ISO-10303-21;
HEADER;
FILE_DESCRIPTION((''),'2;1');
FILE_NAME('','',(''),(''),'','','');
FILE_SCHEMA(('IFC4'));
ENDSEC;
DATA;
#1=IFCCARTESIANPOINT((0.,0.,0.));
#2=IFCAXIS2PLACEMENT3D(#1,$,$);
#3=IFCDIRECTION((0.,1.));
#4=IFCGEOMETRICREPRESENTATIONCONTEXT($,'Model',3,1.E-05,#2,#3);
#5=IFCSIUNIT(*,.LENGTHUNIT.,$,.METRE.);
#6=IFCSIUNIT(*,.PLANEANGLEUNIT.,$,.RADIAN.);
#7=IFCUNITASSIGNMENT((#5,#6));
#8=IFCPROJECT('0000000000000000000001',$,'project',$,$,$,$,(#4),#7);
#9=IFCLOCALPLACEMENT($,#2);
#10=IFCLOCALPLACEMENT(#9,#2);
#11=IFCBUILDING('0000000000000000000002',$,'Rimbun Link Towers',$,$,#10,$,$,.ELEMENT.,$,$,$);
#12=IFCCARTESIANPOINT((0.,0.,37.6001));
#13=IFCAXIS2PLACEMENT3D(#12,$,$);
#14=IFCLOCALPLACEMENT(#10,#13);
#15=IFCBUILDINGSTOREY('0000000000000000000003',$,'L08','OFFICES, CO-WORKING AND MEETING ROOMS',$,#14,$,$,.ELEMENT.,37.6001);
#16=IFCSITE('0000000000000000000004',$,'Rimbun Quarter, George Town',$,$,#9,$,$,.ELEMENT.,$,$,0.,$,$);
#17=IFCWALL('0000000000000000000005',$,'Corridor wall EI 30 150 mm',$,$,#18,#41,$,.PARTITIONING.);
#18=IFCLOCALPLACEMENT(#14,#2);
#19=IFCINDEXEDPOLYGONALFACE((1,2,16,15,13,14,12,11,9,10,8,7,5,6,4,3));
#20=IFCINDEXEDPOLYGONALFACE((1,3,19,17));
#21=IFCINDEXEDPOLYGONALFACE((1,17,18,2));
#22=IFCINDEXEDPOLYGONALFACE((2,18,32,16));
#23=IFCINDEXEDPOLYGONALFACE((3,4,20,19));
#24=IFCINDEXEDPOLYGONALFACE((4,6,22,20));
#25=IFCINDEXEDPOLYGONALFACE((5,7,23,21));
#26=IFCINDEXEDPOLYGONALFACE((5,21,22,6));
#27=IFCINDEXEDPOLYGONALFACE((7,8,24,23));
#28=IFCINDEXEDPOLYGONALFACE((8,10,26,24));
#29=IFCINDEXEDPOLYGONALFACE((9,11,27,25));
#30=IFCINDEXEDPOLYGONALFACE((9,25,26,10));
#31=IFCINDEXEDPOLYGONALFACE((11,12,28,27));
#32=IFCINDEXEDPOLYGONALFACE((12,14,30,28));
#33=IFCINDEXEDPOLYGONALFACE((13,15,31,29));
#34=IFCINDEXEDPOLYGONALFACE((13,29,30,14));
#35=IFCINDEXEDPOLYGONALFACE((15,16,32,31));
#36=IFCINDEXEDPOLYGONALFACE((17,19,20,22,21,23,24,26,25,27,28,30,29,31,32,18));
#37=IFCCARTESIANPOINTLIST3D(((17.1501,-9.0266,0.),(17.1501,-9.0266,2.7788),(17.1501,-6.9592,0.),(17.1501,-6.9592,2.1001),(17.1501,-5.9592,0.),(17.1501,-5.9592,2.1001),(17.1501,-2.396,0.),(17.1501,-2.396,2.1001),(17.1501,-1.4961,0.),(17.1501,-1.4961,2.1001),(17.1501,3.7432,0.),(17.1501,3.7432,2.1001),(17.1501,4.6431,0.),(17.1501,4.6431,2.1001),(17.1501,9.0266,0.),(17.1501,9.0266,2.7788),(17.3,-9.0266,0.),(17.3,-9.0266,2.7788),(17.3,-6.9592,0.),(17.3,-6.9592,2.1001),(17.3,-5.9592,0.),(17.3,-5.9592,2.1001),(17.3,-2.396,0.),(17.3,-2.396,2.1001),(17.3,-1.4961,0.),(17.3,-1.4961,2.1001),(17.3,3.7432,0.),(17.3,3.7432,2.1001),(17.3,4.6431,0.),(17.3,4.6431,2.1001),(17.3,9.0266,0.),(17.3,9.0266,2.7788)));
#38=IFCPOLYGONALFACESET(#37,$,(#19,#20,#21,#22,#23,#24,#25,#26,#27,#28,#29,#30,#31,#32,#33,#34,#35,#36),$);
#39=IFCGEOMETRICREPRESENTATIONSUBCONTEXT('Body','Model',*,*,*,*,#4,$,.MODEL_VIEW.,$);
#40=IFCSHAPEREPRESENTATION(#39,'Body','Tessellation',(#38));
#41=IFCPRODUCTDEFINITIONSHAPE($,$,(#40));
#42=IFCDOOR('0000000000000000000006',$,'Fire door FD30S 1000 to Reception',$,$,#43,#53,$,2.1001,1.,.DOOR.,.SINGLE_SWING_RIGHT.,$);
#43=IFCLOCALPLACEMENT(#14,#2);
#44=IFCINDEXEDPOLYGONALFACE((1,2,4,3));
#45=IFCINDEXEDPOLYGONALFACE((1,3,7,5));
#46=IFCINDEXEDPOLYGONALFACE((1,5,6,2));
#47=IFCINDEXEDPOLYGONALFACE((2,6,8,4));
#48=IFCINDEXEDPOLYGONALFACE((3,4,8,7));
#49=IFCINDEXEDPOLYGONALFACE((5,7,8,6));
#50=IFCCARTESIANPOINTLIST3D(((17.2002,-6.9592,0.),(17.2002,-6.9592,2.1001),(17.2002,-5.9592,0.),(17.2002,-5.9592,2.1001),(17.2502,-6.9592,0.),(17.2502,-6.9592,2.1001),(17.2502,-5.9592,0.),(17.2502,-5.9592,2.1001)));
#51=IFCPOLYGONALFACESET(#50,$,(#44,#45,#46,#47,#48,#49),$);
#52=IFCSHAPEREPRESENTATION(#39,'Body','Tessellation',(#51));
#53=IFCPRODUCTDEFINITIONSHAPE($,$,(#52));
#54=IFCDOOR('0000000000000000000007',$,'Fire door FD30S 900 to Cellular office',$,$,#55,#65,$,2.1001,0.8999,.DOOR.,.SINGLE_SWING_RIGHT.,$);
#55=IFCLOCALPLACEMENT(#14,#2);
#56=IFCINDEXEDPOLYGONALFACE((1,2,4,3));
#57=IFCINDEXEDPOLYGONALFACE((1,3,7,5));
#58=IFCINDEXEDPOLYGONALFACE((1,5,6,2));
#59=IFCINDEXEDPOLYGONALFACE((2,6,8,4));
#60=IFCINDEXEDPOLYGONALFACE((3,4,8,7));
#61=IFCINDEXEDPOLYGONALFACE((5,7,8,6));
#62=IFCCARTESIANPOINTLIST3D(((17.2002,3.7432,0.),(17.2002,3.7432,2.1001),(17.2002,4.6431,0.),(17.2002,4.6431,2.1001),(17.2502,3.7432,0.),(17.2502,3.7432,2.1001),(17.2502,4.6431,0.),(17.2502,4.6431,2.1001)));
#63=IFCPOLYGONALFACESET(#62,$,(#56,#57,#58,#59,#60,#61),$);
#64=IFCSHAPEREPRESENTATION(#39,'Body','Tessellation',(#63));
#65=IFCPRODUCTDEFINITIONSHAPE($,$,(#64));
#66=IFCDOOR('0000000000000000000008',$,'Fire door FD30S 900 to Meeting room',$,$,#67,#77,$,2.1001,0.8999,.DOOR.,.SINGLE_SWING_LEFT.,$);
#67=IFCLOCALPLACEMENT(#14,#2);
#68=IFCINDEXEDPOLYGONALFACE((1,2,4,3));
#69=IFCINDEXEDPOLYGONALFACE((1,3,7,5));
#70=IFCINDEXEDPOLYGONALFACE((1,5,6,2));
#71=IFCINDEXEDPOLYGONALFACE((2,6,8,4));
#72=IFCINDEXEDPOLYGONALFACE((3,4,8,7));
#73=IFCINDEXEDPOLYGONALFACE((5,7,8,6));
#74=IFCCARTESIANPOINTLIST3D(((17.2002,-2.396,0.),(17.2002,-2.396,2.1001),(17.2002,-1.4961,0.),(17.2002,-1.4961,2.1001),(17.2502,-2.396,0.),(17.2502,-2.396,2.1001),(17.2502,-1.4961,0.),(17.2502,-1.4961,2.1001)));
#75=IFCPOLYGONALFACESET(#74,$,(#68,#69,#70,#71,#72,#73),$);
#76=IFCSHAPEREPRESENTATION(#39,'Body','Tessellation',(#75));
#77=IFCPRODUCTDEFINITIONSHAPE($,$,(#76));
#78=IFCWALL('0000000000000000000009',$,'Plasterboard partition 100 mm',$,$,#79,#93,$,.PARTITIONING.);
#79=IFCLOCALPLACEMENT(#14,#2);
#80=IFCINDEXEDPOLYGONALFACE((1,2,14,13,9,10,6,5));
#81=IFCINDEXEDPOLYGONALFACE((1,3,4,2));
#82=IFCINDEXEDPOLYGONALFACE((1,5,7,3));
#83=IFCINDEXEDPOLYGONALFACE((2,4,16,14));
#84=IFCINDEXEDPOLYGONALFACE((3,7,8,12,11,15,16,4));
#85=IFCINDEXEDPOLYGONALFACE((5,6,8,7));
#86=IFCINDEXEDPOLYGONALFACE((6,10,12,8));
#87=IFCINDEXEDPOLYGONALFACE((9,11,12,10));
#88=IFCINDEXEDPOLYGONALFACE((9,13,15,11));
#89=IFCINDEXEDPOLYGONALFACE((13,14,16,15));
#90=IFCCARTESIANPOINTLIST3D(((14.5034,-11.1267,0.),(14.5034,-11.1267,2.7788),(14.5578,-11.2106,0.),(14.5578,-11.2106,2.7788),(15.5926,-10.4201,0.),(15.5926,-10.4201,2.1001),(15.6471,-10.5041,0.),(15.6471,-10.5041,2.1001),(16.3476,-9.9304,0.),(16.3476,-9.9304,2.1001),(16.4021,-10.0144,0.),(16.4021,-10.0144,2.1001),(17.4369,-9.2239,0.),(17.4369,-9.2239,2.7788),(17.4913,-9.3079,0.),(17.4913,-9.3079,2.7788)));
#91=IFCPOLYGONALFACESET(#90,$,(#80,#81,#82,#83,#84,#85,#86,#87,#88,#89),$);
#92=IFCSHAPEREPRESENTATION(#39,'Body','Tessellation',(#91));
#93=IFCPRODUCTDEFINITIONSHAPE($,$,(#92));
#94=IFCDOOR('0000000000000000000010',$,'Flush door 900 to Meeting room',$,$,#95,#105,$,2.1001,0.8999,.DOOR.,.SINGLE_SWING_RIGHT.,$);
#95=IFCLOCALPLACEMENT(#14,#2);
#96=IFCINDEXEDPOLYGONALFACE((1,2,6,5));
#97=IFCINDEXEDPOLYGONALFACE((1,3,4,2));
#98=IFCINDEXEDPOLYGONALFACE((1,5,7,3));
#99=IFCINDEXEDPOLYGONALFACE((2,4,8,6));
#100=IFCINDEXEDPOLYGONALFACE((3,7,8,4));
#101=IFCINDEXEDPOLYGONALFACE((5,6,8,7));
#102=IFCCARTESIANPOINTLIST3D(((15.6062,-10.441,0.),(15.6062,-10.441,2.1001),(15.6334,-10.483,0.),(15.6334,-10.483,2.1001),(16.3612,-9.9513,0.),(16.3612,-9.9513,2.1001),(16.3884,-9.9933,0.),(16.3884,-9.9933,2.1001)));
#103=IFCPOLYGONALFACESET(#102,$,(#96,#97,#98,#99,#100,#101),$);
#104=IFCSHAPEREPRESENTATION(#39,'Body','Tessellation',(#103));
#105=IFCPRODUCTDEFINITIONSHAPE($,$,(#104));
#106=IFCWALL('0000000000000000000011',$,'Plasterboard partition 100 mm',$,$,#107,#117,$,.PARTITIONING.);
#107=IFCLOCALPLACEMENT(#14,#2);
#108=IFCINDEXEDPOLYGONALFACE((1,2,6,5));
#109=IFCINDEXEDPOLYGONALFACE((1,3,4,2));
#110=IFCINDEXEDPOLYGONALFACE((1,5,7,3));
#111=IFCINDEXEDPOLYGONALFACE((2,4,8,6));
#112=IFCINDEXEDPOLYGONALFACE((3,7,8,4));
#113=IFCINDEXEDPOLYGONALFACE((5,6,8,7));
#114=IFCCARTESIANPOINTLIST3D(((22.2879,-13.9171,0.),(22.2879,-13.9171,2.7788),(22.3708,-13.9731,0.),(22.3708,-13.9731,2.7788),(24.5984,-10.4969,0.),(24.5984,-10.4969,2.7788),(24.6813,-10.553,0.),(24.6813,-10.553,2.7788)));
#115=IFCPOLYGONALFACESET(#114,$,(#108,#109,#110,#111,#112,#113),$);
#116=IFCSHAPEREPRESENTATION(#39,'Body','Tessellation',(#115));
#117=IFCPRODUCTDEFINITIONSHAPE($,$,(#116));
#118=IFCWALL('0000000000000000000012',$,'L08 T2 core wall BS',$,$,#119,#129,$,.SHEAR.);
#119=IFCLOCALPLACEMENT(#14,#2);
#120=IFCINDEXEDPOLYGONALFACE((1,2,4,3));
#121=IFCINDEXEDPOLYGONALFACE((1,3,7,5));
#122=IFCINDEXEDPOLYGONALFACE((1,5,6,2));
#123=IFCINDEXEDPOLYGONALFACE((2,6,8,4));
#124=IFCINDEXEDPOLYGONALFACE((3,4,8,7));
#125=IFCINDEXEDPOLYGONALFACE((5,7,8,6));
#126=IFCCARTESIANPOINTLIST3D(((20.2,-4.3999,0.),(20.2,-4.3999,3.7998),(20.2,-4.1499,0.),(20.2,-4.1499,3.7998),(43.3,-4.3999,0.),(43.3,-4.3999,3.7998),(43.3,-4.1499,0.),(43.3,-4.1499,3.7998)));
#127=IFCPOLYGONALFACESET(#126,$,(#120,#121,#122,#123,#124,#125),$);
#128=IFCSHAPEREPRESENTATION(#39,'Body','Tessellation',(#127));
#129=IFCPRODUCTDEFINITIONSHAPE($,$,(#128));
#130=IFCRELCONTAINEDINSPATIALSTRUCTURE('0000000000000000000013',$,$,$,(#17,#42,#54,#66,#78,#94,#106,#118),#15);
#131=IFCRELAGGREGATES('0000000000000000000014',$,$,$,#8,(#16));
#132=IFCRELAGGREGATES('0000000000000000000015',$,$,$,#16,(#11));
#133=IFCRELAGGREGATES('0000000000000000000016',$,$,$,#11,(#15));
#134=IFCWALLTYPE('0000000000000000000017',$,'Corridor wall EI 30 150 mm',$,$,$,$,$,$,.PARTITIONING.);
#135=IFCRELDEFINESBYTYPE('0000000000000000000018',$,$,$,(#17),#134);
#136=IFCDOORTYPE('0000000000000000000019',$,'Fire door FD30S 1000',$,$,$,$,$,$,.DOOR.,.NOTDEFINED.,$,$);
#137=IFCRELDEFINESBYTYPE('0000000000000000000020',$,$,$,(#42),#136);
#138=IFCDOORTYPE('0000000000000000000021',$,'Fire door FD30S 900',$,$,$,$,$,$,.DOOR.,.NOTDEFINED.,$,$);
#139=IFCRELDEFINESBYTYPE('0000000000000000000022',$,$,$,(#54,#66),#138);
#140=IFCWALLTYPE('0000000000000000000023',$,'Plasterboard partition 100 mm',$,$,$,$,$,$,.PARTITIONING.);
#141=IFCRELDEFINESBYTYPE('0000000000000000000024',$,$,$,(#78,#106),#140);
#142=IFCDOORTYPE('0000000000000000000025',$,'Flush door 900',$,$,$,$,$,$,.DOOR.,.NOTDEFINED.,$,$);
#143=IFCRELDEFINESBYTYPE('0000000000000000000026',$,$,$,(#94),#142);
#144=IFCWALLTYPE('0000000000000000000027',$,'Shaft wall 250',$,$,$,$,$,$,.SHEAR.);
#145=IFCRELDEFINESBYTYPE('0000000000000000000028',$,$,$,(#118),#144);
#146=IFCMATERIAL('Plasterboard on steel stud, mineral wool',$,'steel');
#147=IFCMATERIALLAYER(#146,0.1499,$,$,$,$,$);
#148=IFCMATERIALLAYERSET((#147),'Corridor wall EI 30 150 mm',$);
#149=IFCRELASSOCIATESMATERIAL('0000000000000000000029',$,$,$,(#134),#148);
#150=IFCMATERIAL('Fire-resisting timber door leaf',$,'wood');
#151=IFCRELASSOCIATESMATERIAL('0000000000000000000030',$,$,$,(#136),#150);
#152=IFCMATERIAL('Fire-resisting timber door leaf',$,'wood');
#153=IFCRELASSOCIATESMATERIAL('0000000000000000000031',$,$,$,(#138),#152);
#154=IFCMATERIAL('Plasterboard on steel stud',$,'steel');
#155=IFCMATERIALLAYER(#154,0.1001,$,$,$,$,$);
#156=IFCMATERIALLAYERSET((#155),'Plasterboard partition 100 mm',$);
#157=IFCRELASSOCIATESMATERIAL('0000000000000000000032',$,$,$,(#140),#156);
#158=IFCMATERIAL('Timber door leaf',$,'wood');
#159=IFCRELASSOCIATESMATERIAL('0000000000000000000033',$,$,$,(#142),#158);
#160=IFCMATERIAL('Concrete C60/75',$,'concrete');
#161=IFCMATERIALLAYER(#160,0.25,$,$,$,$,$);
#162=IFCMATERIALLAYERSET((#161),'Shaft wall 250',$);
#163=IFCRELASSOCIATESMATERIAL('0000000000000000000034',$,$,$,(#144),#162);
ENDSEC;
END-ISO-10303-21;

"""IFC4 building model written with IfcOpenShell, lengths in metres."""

from ifc_helpers import new_model, si_unit, direction, frame, frame_2d, origin, place, context, subcontext, project, spatial, rectangle, extrude, material, layer, layer_set, type_object, element, fill, save


model = new_model("IFC4")

# Units and contexts
model_context = context("Model", 3, precision=1e-05, world=origin(), true_north=direction((0.0, 1.0)))
body_context = subcontext(model_context, "Body", "Model", "MODEL_VIEW")
ifc_project = project(units=[si_unit("LENGTHUNIT", "METRE"), si_unit("PLANEANGLEUNIT", "RADIAN")], contexts=[model_context])

# Site, building, storey
site_placement = place(None, origin())
site = spatial("IfcSite", under=ifc_project, at=site_placement, Name="Rimbun Quarter, George Town", CompositionType="ELEMENT", RefElevation=0.0)
building_placement = place(site_placement, origin())
building = spatial("IfcBuilding", under=site, at=building_placement, Name="Rimbun Link Towers", CompositionType="ELEMENT")
storey_placement = place(building_placement, frame((0.0, 0.0, 37.6001)))
storey = spatial("IfcBuildingStorey", under=building, at=storey_placement, Name="L08", Description="OFFICES, CO-WORKING AND MEETING ROOMS", CompositionType="ELEMENT", Elevation=37.6001)

# Shared definitions
ifc_material_1 = material(Name="Plasterboard on steel stud, mineral wool", Category="steel")
ifc_layer_1 = layer(ifc_material_1, 0.1499)
ifc_layer_set_1 = layer_set([ifc_layer_1], Name="Corridor wall EI 30 150 mm")
wall_type_1 = type_object("IfcWallType", Name="Corridor wall EI 30 150 mm", PredefinedType="PARTITIONING", material=ifc_layer_set_1)

# Wall, openings, doors
wall_1_placement = place(storey_placement, frame((17.2251, -9.0266, 0.0), z_axis=(0.0, 0.0, 1.0), x_axis=(0.0, 1.0, 0.0)))
wall_1 = element("IfcWall", 1, at=wall_1_placement, inside=storey, type_object=wall_type_1, Name="Corridor wall EI 30 150 mm", PredefinedType="PARTITIONING", context=body_context, shape_type="SweptSolid", body=[
    extrude(rectangle(XDim=18.0532, YDim=0.1499, at=frame_2d((9.0266, 0.0))), origin(), (0.0, 0.0, 1.0), 2.7788),
])
opening_1_placement = place(wall_1_placement, frame((12.7698, 0.0, 0.0)))
opening_1 = element("IfcOpeningElement", 2, at=opening_1_placement, cuts=wall_1, PredefinedType="OPENING", context=body_context, shape_type="SweptSolid", body=[
    extrude(rectangle(XDim=0.8999, YDim=2.1001, at=frame_2d((0.45, 1.05))), frame((0.0, 0.085, 0.0), z_axis=(0.0, -1.0, 0.0), x_axis=(1.0, 0.0, 0.0)), (0.0, 0.0, 1.0), 0.1699),
])
opening_2_placement = place(wall_1_placement, frame((6.6306, 0.0, 0.0)))
opening_2 = element("IfcOpeningElement", 3, at=opening_2_placement, cuts=wall_1, PredefinedType="OPENING", context=body_context, shape_type="SweptSolid", body=[
    extrude(rectangle(XDim=0.8999, YDim=2.1001, at=frame_2d((0.45, 1.05))), frame((0.0, 0.085, 0.0), z_axis=(0.0, -1.0, 0.0), x_axis=(1.0, 0.0, 0.0)), (0.0, 0.0, 1.0), 0.1699),
])
opening_3_placement = place(wall_1_placement, frame((2.0674, 0.0, 0.0)))
opening_3 = element("IfcOpeningElement", 4, at=opening_3_placement, cuts=wall_1, PredefinedType="OPENING", context=body_context, shape_type="SweptSolid", body=[
    extrude(rectangle(XDim=1.0, YDim=2.1001, at=frame_2d((0.5, 1.05))), frame((0.0, 0.085, 0.0), z_axis=(0.0, -1.0, 0.0), x_axis=(1.0, 0.0, 0.0)), (0.0, 0.0, 1.0), 0.1699),
])
ifc_material_2 = material(Name="Fire-resisting timber door leaf", Category="wood")
door_type_1 = type_object("IfcDoorType", Name="Fire door FD30S 1000", OperationType="NOTDEFINED", PredefinedType="DOOR", material=ifc_material_2)
door_1_placement = place(opening_3_placement, origin())
door_1 = element("IfcDoor", 5, at=door_1_placement, inside=storey, type_object=door_type_1, Name="Fire door FD30S 1000 to Reception", OperationType="SINGLE_SWING_RIGHT", OverallHeight=2.1001, OverallWidth=1.0, PredefinedType="DOOR", context=body_context, shape_type="SweptSolid", body=[
    extrude(rectangle(XDim=1.0, YDim=2.1001, at=frame_2d((0.5, 1.05))), frame((0.0, 0.0249, 0.0), z_axis=(0.0, -1.0, 0.0), x_axis=(1.0, 0.0, 0.0)), (0.0, 0.0, 1.0), 0.05),
])
fill(opening_3, door_1)
ifc_material_3 = material(Name="Fire-resisting timber door leaf", Category="wood")
door_type_2 = type_object("IfcDoorType", Name="Fire door FD30S 900", OperationType="NOTDEFINED", PredefinedType="DOOR", material=ifc_material_3)
door_2_placement = place(opening_1_placement, origin())
door_2 = element("IfcDoor", 6, at=door_2_placement, inside=storey, type_object=door_type_2, Name="Fire door FD30S 900 to Cellular office", OperationType="SINGLE_SWING_RIGHT", OverallHeight=2.1001, OverallWidth=0.8999, PredefinedType="DOOR", context=body_context, shape_type="SweptSolid", body=[
    extrude(rectangle(XDim=0.8999, YDim=2.1001, at=frame_2d((0.45, 1.05))), frame((0.0, 0.0249, 0.0), z_axis=(0.0, -1.0, 0.0), x_axis=(1.0, 0.0, 0.0)), (0.0, 0.0, 1.0), 0.05),
])
fill(opening_1, door_2)
door_3_placement = place(opening_2_placement, origin())
door_3 = element("IfcDoor", 7, at=door_3_placement, inside=storey, type_object=door_type_2, Name="Fire door FD30S 900 to Meeting room", OperationType="SINGLE_SWING_LEFT", OverallHeight=2.1001, OverallWidth=0.8999, PredefinedType="DOOR", context=body_context, shape_type="SweptSolid", body=[
    extrude(rectangle(XDim=0.8999, YDim=2.1001, at=frame_2d((0.45, 1.05))), frame((0.0, 0.0249, 0.0), z_axis=(0.0, -1.0, 0.0), x_axis=(1.0, 0.0, 0.0)), (0.0, 0.0, 1.0), 0.05),
])
fill(opening_2, door_3)

# Wall, opening, door
ifc_material_4 = material(Name="Plasterboard on steel stud", Category="steel")
ifc_layer_2 = layer(ifc_material_4, 0.1001)
ifc_layer_set_2 = layer_set([ifc_layer_2], Name="Plasterboard partition 100 mm")
wall_type_2 = type_object("IfcWallType", Name="Plasterboard partition 100 mm", PredefinedType="PARTITIONING", material=ifc_layer_set_2)
wall_2_placement = place(storey_placement, frame((17.4641, -9.2659, 0.0), z_axis=(0.0, 0.0, 1.0), x_axis=(-0.838966, -0.544183, 0.0)))
wall_2 = element("IfcWall", 8, at=wall_2_placement, inside=storey, type_object=wall_type_2, Name="Plasterboard partition 100 mm", PredefinedType="PARTITIONING", context=body_context, shape_type="SweptSolid", body=[
    extrude(rectangle(XDim=3.4966, YDim=0.1001, at=frame_2d((1.7483, 0.0))), origin(), (0.0, 0.0, 1.0), 2.7788),
])
opening_4_placement = place(wall_2_placement, frame((1.2983, 0.0, 0.0)))
opening_4 = element("IfcOpeningElement", 9, at=opening_4_placement, cuts=wall_2, PredefinedType="OPENING", context=body_context, shape_type="SweptSolid", body=[
    extrude(rectangle(XDim=0.8999, YDim=2.1001, at=frame_2d((0.45, 1.05))), frame((0.0, 0.0601, 0.0), z_axis=(0.0, -1.0, 0.0), x_axis=(1.0, 0.0, 0.0)), (0.0, 0.0, 1.0), 0.1201),
])
ifc_material_5 = material(Name="Timber door leaf", Category="wood")
door_type_3 = type_object("IfcDoorType", Name="Flush door 900", OperationType="NOTDEFINED", PredefinedType="DOOR", material=ifc_material_5)
door_4_placement = place(opening_4_placement, origin())
door_4 = element("IfcDoor", 10, at=door_4_placement, inside=storey, type_object=door_type_3, Name="Flush door 900 to Meeting room", OperationType="SINGLE_SWING_RIGHT", OverallHeight=2.1001, OverallWidth=0.8999, PredefinedType="DOOR", context=body_context, shape_type="SweptSolid", body=[
    extrude(rectangle(XDim=0.8999, YDim=2.1001, at=frame_2d((0.45, 1.05))), frame((0.0, 0.0249, 0.0), z_axis=(0.0, -1.0, 0.0), x_axis=(1.0, 0.0, 0.0)), (0.0, 0.0, 1.0), 0.05),
])
fill(opening_4, door_4)

# Walls
wall_3_placement = place(storey_placement, frame((22.3293, -13.9451, 0.0), z_axis=(0.0, 0.0, 1.0), x_axis=(0.559795, 0.828631, 0.0)))
element("IfcWall", 11, at=wall_3_placement, inside=storey, type_object=wall_type_2, Name="Plasterboard partition 100 mm", PredefinedType="PARTITIONING", context=body_context, shape_type="SweptSolid", body=[
    extrude(rectangle(XDim=4.1274, YDim=0.1001, at=frame_2d((2.0637, 0.0))), origin(), (0.0, 0.0, 1.0), 2.7788),
])
ifc_material_6 = material(Name="Concrete C60/75", Category="concrete")
ifc_layer_3 = layer(ifc_material_6, 0.25)
ifc_layer_set_3 = layer_set([ifc_layer_3], Name="Shaft wall 250")
wall_type_3 = type_object("IfcWallType", Name="Shaft wall 250", PredefinedType="SHEAR", material=ifc_layer_set_3)
wall_4_placement = place(storey_placement, frame((20.2, -4.2749, 0.0), z_axis=(0.0, 0.0, 1.0), x_axis=(1.0, 0.0, 0.0)))
element("IfcWall", 12, at=wall_4_placement, inside=storey, type_object=wall_type_3, Name="L08 T2 core wall BS", PredefinedType="SHEAR", context=body_context, shape_type="SweptSolid", body=[
    extrude(rectangle(XDim=23.1001, YDim=0.25, at=frame_2d((11.55, 0.0))), origin(), (0.0, 0.0, 1.0), 3.7998),
])

save(model, "model.ifc")
